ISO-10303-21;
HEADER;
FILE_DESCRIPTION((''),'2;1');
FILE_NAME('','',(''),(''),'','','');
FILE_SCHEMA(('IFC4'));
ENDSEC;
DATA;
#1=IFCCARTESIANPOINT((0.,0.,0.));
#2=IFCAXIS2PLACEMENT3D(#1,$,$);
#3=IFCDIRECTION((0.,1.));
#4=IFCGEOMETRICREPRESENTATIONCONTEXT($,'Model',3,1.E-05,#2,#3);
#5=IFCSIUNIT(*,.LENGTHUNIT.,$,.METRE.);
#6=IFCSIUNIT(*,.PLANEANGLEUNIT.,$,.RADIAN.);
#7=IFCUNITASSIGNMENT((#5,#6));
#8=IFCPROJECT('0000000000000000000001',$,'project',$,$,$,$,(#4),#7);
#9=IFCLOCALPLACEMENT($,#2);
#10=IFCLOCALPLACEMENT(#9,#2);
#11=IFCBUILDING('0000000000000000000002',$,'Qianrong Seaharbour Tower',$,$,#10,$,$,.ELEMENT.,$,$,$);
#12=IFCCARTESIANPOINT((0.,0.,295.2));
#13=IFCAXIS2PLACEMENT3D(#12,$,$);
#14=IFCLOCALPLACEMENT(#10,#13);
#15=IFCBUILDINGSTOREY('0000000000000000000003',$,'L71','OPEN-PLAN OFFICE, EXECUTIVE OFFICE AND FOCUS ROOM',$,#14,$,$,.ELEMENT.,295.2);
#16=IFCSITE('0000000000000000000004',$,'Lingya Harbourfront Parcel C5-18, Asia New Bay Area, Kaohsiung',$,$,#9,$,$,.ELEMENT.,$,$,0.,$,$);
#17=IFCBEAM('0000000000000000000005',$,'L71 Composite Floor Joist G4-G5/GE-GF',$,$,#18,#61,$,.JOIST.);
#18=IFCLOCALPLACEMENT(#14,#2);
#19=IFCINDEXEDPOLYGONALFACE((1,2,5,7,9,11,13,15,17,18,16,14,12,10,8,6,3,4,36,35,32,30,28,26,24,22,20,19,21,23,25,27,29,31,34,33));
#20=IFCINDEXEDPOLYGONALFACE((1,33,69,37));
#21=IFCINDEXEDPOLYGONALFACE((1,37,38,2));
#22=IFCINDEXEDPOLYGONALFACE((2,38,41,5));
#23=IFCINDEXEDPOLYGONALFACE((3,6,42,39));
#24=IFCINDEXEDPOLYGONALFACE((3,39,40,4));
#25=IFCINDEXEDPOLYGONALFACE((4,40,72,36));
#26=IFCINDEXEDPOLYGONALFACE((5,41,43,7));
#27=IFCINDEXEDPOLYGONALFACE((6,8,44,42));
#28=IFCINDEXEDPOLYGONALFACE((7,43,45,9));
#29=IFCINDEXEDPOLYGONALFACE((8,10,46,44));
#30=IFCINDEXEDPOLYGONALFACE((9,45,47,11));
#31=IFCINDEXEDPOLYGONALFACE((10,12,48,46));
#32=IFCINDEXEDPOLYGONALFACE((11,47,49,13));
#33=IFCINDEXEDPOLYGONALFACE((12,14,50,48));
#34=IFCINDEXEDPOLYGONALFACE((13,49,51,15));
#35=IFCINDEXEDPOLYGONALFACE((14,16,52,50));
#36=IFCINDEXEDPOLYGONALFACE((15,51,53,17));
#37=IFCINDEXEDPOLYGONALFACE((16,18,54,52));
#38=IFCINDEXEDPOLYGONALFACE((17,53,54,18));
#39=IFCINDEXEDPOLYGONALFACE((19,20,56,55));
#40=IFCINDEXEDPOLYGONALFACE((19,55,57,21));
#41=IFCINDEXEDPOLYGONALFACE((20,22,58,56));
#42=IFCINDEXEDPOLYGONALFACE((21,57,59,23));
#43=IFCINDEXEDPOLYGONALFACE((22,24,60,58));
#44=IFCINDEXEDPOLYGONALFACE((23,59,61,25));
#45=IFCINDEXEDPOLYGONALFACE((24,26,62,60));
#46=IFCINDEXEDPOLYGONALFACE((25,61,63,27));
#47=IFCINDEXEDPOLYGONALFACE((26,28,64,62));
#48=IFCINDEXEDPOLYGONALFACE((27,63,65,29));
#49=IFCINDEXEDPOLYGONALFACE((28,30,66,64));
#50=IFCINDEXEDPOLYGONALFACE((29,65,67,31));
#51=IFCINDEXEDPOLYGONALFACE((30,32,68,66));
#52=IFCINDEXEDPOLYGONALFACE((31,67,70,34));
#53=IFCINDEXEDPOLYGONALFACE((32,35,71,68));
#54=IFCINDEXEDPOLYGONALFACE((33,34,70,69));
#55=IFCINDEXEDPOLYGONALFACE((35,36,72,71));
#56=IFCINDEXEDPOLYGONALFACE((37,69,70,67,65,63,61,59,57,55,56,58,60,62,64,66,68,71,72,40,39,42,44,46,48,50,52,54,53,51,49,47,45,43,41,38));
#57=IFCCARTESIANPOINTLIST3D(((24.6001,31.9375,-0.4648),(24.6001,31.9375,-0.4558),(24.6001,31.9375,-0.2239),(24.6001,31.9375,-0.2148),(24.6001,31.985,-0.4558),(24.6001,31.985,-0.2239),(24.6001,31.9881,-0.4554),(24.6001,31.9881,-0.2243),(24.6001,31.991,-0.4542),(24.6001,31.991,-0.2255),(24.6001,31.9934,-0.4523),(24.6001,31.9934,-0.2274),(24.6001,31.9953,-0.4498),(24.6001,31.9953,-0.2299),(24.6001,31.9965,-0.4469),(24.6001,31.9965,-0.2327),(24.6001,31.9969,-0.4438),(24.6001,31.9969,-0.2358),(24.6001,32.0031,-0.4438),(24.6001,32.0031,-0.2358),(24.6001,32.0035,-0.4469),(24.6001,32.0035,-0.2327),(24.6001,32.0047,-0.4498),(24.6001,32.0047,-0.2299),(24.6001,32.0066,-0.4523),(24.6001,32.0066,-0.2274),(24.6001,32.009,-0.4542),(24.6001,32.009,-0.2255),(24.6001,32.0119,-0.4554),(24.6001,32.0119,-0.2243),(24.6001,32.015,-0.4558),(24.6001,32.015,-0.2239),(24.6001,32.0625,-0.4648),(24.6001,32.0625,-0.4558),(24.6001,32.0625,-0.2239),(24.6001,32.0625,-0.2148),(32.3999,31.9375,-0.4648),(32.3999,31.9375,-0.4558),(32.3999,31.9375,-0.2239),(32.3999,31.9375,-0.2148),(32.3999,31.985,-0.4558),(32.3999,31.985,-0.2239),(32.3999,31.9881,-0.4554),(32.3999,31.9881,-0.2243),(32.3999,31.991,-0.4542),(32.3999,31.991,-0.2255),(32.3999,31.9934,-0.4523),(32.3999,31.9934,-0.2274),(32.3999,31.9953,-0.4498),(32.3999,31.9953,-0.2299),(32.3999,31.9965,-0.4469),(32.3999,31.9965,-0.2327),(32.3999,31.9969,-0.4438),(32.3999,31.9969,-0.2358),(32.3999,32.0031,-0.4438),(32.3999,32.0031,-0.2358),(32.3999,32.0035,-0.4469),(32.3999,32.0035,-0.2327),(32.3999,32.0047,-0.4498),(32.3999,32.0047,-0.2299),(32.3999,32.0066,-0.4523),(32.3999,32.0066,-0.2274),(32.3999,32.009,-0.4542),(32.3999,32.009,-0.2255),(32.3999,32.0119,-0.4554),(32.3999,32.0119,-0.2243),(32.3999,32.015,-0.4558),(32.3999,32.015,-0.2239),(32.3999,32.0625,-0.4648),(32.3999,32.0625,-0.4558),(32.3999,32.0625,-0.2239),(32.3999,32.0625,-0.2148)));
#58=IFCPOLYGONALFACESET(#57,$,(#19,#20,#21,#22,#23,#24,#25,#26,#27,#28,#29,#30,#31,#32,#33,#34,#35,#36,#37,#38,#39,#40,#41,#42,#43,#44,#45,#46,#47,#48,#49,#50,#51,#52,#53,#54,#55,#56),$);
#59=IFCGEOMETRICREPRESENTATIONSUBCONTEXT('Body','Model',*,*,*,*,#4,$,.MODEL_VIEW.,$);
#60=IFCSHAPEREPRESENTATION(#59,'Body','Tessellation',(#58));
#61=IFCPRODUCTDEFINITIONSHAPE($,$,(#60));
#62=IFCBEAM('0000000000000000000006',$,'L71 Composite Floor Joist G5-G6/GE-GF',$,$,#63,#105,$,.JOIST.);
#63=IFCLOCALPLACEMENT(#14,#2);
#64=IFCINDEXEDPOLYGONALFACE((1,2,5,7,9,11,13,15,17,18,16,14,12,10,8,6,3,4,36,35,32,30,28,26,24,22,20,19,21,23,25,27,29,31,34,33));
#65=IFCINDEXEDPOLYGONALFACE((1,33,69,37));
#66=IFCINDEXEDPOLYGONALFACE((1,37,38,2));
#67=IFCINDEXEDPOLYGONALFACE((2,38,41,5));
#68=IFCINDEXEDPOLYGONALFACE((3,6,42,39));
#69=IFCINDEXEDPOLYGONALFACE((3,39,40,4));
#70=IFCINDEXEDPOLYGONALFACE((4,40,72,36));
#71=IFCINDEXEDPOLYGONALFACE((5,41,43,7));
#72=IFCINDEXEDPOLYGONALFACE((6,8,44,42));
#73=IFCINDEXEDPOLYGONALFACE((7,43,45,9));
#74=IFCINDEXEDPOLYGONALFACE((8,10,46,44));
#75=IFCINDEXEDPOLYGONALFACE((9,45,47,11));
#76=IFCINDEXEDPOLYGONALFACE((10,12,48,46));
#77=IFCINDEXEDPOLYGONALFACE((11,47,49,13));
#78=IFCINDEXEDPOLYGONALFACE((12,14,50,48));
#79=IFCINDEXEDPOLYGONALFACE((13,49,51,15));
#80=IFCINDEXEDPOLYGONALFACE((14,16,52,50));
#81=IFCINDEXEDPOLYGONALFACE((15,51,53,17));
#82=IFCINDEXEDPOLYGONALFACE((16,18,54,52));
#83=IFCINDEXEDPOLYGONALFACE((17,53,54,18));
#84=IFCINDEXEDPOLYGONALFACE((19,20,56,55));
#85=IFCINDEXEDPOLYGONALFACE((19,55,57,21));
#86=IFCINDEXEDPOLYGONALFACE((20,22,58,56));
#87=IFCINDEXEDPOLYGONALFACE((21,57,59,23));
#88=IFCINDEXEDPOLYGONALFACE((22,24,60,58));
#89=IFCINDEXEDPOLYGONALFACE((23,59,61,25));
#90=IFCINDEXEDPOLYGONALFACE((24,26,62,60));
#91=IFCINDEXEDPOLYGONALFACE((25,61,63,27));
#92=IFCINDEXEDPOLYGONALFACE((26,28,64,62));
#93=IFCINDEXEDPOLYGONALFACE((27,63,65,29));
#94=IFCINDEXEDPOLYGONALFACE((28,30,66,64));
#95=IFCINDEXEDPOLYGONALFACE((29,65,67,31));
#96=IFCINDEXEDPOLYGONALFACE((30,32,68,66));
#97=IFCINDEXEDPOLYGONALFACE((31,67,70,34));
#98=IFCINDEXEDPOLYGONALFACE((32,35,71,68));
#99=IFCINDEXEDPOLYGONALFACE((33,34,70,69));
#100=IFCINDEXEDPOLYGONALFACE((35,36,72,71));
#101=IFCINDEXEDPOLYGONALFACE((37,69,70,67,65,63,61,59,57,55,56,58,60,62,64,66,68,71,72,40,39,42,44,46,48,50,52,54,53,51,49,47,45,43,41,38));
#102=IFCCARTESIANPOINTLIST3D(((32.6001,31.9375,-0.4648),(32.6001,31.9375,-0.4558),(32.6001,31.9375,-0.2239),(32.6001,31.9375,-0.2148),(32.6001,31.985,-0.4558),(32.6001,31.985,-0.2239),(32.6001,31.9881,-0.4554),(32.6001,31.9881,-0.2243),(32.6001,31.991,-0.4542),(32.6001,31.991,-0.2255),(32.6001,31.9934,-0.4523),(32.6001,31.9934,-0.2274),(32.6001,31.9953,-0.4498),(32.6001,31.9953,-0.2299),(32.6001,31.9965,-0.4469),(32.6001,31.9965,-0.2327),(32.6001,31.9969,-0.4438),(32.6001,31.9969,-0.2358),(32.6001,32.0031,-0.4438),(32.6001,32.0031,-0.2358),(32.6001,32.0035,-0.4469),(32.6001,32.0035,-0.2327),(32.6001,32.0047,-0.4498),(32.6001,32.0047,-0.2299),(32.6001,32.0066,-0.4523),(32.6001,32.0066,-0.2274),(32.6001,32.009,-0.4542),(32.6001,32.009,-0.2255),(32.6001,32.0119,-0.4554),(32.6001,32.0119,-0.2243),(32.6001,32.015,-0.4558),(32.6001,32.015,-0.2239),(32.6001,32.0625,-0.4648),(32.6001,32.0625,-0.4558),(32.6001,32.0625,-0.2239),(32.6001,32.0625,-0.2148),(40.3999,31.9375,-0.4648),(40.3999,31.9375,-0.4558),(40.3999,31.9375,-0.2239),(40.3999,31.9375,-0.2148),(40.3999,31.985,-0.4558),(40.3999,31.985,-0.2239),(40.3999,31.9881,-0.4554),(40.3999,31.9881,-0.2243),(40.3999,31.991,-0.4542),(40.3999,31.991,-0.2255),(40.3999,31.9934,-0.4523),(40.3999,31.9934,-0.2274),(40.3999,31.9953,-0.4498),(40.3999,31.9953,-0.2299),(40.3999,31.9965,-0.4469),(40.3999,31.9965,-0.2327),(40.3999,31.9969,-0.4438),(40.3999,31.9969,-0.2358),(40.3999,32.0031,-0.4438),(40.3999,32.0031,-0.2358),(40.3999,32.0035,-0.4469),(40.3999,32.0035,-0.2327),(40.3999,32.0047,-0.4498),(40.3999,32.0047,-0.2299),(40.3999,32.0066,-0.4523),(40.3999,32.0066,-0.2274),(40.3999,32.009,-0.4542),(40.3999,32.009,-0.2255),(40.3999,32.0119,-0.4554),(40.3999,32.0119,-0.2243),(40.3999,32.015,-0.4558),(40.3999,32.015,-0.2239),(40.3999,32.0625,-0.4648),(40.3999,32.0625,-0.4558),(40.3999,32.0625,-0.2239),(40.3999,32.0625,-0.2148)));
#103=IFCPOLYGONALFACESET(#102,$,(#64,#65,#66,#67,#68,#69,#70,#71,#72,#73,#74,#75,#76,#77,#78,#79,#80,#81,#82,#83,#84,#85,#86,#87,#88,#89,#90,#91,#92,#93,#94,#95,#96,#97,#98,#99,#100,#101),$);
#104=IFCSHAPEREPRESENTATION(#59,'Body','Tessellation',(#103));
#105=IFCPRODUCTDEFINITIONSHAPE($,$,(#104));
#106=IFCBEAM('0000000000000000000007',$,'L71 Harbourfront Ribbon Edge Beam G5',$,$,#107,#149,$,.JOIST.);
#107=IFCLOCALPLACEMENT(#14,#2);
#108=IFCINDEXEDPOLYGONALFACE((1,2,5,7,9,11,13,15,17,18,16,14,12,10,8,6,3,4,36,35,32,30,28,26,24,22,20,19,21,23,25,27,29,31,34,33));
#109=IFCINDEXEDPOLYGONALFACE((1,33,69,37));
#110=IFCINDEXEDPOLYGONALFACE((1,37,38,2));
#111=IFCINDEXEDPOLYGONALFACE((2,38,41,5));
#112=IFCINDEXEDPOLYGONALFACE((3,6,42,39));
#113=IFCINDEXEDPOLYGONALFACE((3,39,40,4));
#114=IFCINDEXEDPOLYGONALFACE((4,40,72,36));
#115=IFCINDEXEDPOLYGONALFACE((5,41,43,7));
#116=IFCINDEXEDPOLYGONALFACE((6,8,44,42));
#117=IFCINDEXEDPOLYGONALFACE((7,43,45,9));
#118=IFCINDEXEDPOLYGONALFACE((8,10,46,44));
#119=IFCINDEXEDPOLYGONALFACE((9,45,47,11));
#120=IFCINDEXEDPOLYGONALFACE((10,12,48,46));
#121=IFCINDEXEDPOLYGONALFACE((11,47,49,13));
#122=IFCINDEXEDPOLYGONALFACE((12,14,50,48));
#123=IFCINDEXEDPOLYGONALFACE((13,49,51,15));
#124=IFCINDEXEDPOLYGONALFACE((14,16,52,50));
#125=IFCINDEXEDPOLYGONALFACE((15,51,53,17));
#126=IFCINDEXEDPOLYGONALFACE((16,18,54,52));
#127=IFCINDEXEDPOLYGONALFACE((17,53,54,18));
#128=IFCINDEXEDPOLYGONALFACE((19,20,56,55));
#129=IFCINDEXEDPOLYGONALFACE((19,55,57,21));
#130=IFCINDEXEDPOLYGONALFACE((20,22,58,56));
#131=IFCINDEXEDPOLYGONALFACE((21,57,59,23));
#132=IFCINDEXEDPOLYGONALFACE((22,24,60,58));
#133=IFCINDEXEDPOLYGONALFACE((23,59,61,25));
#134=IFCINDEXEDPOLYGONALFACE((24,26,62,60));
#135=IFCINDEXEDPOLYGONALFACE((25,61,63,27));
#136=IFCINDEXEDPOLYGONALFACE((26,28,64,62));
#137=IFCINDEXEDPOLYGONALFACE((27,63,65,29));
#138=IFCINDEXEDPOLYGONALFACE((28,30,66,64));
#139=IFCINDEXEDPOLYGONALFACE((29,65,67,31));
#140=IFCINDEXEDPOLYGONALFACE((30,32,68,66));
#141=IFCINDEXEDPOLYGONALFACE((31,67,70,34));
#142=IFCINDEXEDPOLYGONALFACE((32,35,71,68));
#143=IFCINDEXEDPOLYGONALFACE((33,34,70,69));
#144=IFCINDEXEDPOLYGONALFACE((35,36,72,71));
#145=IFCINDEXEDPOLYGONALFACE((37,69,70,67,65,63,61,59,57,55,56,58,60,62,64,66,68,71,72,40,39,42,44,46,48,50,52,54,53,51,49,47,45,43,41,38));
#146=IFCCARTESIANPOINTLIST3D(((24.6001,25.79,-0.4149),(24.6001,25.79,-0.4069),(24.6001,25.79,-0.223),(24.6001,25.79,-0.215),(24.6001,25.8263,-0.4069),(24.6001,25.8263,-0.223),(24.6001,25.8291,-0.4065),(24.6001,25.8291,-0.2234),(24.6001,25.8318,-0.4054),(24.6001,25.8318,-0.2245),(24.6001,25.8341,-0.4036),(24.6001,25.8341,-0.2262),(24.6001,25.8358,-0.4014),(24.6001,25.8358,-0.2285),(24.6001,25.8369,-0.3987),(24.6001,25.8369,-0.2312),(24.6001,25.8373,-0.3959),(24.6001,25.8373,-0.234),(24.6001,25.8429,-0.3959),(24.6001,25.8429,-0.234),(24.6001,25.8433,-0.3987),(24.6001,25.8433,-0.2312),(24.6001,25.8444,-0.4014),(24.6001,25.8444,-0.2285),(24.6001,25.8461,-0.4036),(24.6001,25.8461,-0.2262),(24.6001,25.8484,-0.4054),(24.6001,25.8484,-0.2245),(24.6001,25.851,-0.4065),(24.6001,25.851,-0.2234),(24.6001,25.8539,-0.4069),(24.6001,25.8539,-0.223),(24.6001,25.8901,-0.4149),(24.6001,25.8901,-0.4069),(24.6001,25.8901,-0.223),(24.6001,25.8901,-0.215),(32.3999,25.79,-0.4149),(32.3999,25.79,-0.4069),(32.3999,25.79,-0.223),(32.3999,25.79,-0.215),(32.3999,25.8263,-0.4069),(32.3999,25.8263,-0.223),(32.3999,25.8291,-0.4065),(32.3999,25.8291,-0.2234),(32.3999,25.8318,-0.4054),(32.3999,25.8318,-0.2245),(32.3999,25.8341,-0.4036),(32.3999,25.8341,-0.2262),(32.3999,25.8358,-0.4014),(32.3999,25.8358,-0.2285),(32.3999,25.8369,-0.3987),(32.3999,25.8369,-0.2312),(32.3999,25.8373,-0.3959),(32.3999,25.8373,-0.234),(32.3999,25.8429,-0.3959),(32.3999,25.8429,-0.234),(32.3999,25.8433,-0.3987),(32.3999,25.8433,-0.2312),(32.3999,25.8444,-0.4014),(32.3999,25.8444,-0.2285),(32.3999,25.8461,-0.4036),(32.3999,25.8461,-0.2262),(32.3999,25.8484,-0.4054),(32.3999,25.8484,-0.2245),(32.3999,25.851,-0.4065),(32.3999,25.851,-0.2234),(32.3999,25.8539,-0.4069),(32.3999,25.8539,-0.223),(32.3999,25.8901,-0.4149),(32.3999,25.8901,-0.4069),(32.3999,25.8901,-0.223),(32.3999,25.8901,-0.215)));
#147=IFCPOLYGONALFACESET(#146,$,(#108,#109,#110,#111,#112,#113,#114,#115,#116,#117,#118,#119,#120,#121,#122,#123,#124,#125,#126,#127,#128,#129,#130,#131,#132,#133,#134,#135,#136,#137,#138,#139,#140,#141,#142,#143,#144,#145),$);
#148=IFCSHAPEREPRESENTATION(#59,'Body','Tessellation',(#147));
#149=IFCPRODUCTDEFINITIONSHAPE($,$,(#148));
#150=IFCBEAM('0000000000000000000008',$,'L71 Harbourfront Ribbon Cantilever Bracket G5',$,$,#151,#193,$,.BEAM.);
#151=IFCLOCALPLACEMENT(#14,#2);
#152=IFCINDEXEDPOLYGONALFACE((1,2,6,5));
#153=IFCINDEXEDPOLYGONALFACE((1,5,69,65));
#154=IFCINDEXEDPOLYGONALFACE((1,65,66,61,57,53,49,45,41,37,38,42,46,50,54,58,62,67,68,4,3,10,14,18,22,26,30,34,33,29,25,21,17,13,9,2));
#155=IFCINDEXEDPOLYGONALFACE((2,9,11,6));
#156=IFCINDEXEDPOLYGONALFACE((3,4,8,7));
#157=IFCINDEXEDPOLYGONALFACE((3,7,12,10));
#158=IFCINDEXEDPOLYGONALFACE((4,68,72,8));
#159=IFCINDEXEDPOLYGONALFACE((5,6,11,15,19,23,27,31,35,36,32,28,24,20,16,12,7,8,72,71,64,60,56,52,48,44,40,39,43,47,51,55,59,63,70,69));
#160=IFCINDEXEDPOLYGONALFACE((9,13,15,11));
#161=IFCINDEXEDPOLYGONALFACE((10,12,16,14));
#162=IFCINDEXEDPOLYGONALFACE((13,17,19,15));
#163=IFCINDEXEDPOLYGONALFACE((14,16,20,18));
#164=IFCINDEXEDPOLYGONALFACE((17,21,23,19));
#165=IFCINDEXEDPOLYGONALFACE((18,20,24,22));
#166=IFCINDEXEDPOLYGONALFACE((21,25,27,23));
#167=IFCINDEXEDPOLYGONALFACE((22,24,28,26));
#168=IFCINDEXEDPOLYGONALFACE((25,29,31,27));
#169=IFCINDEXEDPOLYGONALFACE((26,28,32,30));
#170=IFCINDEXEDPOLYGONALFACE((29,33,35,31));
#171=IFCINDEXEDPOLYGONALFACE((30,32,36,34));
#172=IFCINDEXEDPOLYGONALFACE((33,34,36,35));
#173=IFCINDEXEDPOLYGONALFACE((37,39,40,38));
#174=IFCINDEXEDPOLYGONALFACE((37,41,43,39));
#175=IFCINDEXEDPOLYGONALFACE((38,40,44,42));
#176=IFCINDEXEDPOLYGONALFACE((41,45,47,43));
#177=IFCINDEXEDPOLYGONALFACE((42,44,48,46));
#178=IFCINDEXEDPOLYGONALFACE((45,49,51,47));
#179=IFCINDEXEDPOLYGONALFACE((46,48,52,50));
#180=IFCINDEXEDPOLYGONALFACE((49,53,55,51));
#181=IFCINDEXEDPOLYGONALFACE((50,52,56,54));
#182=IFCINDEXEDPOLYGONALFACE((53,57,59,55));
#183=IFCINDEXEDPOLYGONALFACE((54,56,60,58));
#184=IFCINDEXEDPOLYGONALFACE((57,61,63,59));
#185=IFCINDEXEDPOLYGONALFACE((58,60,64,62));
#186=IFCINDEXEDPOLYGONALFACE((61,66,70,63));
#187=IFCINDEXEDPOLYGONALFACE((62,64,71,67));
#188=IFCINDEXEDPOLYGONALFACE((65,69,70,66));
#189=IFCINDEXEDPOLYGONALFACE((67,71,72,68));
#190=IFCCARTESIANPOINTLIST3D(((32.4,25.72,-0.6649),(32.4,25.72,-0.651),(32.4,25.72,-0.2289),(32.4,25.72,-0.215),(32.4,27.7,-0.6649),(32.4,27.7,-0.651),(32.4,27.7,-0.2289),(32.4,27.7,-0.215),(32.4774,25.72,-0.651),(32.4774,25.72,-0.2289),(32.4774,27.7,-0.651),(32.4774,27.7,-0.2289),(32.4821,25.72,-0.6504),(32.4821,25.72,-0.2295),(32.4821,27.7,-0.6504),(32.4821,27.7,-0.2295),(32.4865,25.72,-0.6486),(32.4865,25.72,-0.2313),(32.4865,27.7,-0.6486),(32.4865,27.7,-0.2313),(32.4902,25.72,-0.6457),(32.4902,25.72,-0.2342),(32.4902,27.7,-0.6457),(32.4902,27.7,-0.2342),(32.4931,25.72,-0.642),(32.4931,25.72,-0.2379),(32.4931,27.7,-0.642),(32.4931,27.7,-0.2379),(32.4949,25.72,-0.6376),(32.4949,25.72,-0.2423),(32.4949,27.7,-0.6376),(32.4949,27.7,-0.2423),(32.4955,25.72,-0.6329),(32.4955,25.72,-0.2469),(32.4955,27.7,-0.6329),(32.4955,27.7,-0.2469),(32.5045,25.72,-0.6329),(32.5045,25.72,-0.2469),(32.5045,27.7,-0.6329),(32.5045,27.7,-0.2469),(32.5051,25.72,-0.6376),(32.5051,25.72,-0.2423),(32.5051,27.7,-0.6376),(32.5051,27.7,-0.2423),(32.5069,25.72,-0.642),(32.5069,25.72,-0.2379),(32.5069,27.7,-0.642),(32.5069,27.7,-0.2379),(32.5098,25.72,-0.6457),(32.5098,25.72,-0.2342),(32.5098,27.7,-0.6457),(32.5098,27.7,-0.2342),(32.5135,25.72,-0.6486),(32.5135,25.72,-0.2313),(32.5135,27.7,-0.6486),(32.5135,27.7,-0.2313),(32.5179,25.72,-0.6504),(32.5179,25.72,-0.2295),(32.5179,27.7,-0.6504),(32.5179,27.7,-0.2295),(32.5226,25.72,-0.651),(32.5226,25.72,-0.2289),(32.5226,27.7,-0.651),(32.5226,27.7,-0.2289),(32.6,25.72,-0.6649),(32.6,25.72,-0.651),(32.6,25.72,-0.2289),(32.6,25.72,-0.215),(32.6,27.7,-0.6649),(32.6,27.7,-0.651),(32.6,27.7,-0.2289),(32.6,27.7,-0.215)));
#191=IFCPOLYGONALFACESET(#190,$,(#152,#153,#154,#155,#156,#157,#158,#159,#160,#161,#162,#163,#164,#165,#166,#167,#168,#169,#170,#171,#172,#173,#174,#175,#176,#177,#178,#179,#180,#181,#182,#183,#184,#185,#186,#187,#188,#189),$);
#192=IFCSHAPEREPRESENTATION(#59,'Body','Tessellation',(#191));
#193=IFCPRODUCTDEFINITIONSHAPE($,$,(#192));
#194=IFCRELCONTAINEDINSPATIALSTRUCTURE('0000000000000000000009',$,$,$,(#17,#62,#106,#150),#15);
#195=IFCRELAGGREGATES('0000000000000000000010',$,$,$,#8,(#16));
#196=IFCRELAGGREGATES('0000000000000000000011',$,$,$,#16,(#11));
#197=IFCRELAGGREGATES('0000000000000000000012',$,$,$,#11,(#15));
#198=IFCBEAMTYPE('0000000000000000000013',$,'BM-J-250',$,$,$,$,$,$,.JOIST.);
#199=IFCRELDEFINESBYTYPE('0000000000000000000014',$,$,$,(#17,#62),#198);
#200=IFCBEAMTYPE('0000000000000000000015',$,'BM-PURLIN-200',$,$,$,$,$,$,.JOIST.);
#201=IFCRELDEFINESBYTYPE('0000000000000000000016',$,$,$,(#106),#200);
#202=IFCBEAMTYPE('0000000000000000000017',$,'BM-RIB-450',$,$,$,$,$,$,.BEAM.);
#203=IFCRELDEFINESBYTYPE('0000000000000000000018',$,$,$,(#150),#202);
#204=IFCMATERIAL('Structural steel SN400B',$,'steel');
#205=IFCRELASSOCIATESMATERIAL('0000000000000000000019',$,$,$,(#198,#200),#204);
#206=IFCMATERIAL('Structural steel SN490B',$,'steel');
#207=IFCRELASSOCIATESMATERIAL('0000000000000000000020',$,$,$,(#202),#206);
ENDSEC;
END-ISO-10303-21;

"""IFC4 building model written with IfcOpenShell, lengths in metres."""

from ifc_helpers import new_model, si_unit, direction, frame, origin, origin_2d, place, context, subcontext, project, spatial, i_section, extrude, material, material_profile, profile_set, type_object, element, save


model = new_model("IFC4")

# Units and contexts
model_context = context("Model", 3, precision=1e-05, world=origin(), true_north=direction((0.0, 1.0)))
body_context = subcontext(model_context, "Body", "Model", "MODEL_VIEW")
ifc_project = project(units=[si_unit("LENGTHUNIT", "METRE"), si_unit("PLANEANGLEUNIT", "RADIAN")], contexts=[model_context])

# Site, building, storey
site_placement = place(None, origin())
site = spatial("IfcSite", under=ifc_project, at=site_placement, Name="Lingya Harbourfront Parcel C5-18, Asia New Bay Area, Kaohsiung", CompositionType="ELEMENT", RefElevation=0.0)
building_placement = place(site_placement, origin())
building = spatial("IfcBuilding", under=site, at=building_placement, Name="Qianrong Seaharbour Tower", CompositionType="ELEMENT")
storey_placement = place(building_placement, frame((0.0, 0.0, 295.2)))
storey = spatial("IfcBuildingStorey", under=building, at=storey_placement, Name="L71", Description="OPEN-PLAN OFFICE, EXECUTIVE OFFICE AND FOCUS ROOM", CompositionType="ELEMENT", Elevation=295.2)

# Shared definitions
ifc_material_1 = material(Name="Structural steel SN490B", Category="steel")

# Beams
ifc_material_2 = material(Name="Structural steel SN400B", Category="steel")
ifc_material_profile_1 = material_profile(ifc_material_2, i_section(OverallWidth=0.125, OverallDepth=0.25, WebThickness=0.0061, FlangeThickness=0.009, FilletRadius=0.012, at=origin_2d()), Name="H250x125x6x9")
ifc_profile_set_1 = profile_set([ifc_material_profile_1], Name="Structural steel SN400B")
beam_type_1 = type_object("IfcBeamType", Name="BM-J-250", PredefinedType="JOIST", material=ifc_profile_set_1)
for number, where, z_axis, x_axis, name in (
    (1, (24.6001, 32.0, -0.3398), (1.0, 0.0, 0.0), (0.0, 1.0, 0.0), "L71 Composite Floor Joist G4-G5/GE-GF"),
    (2, (32.6001, 32.0, -0.3398), (1.0, 0.0, 0.0), (0.0, 1.0, 0.0), "L71 Composite Floor Joist G5-G6/GE-GF"),
):
    element("IfcBeam", number, at=place(storey_placement, frame(where, z_axis=z_axis, x_axis=x_axis)), inside=storey, type_object=beam_type_1, Name=name, PredefinedType="JOIST", context=body_context, shape_type="SweptSolid", body=[
        extrude(i_section(OverallWidth=0.125, OverallDepth=0.25, WebThickness=0.0061, FlangeThickness=0.009, FilletRadius=0.012, at=origin_2d()), origin(), (0.0, 0.0, 1.0), 7.7998),
    ])
ifc_material_profile_2 = material_profile(ifc_material_2, i_section(OverallWidth=0.1001, OverallDepth=0.2, WebThickness=0.0056, FlangeThickness=0.0081, FilletRadius=0.011, at=origin_2d()), Name="H200x100x5.5x8")
ifc_profile_set_2 = profile_set([ifc_material_profile_2], Name="Structural steel SN400B")
beam_type_2 = type_object("IfcBeamType", Name="BM-PURLIN-200", PredefinedType="JOIST", material=ifc_profile_set_2)
beam_1_placement = place(storey_placement, frame((24.6001, 25.8401, -0.3149), z_axis=(1.0, 0.0, 0.0), x_axis=(0.0, 1.0, 0.0)))
element("IfcBeam", 3, at=beam_1_placement, inside=storey, type_object=beam_type_2, Name="L71 Harbourfront Ribbon Edge Beam G5", PredefinedType="JOIST", context=body_context, shape_type="SweptSolid", body=[
    extrude(i_section(OverallWidth=0.1001, OverallDepth=0.2, WebThickness=0.0056, FlangeThickness=0.0081, FilletRadius=0.011, at=origin_2d()), origin(), (0.0, 0.0, 1.0), 7.7998),
])
ifc_material_profile_3 = material_profile(ifc_material_1, i_section(OverallWidth=0.2, OverallDepth=0.45, WebThickness=0.009, FlangeThickness=0.0139, FilletRadius=0.0181, at=origin_2d()), Name="H450x200x9x14")
ifc_profile_set_3 = profile_set([ifc_material_profile_3], Name="Structural steel SN490B")
beam_type_3 = type_object("IfcBeamType", Name="BM-RIB-450", PredefinedType="BEAM", material=ifc_profile_set_3)
beam_2_placement = place(storey_placement, frame((32.5, 27.7, -0.4399), z_axis=(0.0, -1.0, 0.0), x_axis=(1.0, 0.0, 0.0)))
element("IfcBeam", 4, at=beam_2_placement, inside=storey, type_object=beam_type_3, Name="L71 Harbourfront Ribbon Cantilever Bracket G5", PredefinedType="BEAM", context=body_context, shape_type="SweptSolid", body=[
    extrude(i_section(OverallWidth=0.2, OverallDepth=0.45, WebThickness=0.009, FlangeThickness=0.0139, FilletRadius=0.0181, at=origin_2d()), origin(), (0.0, 0.0, 1.0), 1.98),
])

save(model, "model.ifc")
